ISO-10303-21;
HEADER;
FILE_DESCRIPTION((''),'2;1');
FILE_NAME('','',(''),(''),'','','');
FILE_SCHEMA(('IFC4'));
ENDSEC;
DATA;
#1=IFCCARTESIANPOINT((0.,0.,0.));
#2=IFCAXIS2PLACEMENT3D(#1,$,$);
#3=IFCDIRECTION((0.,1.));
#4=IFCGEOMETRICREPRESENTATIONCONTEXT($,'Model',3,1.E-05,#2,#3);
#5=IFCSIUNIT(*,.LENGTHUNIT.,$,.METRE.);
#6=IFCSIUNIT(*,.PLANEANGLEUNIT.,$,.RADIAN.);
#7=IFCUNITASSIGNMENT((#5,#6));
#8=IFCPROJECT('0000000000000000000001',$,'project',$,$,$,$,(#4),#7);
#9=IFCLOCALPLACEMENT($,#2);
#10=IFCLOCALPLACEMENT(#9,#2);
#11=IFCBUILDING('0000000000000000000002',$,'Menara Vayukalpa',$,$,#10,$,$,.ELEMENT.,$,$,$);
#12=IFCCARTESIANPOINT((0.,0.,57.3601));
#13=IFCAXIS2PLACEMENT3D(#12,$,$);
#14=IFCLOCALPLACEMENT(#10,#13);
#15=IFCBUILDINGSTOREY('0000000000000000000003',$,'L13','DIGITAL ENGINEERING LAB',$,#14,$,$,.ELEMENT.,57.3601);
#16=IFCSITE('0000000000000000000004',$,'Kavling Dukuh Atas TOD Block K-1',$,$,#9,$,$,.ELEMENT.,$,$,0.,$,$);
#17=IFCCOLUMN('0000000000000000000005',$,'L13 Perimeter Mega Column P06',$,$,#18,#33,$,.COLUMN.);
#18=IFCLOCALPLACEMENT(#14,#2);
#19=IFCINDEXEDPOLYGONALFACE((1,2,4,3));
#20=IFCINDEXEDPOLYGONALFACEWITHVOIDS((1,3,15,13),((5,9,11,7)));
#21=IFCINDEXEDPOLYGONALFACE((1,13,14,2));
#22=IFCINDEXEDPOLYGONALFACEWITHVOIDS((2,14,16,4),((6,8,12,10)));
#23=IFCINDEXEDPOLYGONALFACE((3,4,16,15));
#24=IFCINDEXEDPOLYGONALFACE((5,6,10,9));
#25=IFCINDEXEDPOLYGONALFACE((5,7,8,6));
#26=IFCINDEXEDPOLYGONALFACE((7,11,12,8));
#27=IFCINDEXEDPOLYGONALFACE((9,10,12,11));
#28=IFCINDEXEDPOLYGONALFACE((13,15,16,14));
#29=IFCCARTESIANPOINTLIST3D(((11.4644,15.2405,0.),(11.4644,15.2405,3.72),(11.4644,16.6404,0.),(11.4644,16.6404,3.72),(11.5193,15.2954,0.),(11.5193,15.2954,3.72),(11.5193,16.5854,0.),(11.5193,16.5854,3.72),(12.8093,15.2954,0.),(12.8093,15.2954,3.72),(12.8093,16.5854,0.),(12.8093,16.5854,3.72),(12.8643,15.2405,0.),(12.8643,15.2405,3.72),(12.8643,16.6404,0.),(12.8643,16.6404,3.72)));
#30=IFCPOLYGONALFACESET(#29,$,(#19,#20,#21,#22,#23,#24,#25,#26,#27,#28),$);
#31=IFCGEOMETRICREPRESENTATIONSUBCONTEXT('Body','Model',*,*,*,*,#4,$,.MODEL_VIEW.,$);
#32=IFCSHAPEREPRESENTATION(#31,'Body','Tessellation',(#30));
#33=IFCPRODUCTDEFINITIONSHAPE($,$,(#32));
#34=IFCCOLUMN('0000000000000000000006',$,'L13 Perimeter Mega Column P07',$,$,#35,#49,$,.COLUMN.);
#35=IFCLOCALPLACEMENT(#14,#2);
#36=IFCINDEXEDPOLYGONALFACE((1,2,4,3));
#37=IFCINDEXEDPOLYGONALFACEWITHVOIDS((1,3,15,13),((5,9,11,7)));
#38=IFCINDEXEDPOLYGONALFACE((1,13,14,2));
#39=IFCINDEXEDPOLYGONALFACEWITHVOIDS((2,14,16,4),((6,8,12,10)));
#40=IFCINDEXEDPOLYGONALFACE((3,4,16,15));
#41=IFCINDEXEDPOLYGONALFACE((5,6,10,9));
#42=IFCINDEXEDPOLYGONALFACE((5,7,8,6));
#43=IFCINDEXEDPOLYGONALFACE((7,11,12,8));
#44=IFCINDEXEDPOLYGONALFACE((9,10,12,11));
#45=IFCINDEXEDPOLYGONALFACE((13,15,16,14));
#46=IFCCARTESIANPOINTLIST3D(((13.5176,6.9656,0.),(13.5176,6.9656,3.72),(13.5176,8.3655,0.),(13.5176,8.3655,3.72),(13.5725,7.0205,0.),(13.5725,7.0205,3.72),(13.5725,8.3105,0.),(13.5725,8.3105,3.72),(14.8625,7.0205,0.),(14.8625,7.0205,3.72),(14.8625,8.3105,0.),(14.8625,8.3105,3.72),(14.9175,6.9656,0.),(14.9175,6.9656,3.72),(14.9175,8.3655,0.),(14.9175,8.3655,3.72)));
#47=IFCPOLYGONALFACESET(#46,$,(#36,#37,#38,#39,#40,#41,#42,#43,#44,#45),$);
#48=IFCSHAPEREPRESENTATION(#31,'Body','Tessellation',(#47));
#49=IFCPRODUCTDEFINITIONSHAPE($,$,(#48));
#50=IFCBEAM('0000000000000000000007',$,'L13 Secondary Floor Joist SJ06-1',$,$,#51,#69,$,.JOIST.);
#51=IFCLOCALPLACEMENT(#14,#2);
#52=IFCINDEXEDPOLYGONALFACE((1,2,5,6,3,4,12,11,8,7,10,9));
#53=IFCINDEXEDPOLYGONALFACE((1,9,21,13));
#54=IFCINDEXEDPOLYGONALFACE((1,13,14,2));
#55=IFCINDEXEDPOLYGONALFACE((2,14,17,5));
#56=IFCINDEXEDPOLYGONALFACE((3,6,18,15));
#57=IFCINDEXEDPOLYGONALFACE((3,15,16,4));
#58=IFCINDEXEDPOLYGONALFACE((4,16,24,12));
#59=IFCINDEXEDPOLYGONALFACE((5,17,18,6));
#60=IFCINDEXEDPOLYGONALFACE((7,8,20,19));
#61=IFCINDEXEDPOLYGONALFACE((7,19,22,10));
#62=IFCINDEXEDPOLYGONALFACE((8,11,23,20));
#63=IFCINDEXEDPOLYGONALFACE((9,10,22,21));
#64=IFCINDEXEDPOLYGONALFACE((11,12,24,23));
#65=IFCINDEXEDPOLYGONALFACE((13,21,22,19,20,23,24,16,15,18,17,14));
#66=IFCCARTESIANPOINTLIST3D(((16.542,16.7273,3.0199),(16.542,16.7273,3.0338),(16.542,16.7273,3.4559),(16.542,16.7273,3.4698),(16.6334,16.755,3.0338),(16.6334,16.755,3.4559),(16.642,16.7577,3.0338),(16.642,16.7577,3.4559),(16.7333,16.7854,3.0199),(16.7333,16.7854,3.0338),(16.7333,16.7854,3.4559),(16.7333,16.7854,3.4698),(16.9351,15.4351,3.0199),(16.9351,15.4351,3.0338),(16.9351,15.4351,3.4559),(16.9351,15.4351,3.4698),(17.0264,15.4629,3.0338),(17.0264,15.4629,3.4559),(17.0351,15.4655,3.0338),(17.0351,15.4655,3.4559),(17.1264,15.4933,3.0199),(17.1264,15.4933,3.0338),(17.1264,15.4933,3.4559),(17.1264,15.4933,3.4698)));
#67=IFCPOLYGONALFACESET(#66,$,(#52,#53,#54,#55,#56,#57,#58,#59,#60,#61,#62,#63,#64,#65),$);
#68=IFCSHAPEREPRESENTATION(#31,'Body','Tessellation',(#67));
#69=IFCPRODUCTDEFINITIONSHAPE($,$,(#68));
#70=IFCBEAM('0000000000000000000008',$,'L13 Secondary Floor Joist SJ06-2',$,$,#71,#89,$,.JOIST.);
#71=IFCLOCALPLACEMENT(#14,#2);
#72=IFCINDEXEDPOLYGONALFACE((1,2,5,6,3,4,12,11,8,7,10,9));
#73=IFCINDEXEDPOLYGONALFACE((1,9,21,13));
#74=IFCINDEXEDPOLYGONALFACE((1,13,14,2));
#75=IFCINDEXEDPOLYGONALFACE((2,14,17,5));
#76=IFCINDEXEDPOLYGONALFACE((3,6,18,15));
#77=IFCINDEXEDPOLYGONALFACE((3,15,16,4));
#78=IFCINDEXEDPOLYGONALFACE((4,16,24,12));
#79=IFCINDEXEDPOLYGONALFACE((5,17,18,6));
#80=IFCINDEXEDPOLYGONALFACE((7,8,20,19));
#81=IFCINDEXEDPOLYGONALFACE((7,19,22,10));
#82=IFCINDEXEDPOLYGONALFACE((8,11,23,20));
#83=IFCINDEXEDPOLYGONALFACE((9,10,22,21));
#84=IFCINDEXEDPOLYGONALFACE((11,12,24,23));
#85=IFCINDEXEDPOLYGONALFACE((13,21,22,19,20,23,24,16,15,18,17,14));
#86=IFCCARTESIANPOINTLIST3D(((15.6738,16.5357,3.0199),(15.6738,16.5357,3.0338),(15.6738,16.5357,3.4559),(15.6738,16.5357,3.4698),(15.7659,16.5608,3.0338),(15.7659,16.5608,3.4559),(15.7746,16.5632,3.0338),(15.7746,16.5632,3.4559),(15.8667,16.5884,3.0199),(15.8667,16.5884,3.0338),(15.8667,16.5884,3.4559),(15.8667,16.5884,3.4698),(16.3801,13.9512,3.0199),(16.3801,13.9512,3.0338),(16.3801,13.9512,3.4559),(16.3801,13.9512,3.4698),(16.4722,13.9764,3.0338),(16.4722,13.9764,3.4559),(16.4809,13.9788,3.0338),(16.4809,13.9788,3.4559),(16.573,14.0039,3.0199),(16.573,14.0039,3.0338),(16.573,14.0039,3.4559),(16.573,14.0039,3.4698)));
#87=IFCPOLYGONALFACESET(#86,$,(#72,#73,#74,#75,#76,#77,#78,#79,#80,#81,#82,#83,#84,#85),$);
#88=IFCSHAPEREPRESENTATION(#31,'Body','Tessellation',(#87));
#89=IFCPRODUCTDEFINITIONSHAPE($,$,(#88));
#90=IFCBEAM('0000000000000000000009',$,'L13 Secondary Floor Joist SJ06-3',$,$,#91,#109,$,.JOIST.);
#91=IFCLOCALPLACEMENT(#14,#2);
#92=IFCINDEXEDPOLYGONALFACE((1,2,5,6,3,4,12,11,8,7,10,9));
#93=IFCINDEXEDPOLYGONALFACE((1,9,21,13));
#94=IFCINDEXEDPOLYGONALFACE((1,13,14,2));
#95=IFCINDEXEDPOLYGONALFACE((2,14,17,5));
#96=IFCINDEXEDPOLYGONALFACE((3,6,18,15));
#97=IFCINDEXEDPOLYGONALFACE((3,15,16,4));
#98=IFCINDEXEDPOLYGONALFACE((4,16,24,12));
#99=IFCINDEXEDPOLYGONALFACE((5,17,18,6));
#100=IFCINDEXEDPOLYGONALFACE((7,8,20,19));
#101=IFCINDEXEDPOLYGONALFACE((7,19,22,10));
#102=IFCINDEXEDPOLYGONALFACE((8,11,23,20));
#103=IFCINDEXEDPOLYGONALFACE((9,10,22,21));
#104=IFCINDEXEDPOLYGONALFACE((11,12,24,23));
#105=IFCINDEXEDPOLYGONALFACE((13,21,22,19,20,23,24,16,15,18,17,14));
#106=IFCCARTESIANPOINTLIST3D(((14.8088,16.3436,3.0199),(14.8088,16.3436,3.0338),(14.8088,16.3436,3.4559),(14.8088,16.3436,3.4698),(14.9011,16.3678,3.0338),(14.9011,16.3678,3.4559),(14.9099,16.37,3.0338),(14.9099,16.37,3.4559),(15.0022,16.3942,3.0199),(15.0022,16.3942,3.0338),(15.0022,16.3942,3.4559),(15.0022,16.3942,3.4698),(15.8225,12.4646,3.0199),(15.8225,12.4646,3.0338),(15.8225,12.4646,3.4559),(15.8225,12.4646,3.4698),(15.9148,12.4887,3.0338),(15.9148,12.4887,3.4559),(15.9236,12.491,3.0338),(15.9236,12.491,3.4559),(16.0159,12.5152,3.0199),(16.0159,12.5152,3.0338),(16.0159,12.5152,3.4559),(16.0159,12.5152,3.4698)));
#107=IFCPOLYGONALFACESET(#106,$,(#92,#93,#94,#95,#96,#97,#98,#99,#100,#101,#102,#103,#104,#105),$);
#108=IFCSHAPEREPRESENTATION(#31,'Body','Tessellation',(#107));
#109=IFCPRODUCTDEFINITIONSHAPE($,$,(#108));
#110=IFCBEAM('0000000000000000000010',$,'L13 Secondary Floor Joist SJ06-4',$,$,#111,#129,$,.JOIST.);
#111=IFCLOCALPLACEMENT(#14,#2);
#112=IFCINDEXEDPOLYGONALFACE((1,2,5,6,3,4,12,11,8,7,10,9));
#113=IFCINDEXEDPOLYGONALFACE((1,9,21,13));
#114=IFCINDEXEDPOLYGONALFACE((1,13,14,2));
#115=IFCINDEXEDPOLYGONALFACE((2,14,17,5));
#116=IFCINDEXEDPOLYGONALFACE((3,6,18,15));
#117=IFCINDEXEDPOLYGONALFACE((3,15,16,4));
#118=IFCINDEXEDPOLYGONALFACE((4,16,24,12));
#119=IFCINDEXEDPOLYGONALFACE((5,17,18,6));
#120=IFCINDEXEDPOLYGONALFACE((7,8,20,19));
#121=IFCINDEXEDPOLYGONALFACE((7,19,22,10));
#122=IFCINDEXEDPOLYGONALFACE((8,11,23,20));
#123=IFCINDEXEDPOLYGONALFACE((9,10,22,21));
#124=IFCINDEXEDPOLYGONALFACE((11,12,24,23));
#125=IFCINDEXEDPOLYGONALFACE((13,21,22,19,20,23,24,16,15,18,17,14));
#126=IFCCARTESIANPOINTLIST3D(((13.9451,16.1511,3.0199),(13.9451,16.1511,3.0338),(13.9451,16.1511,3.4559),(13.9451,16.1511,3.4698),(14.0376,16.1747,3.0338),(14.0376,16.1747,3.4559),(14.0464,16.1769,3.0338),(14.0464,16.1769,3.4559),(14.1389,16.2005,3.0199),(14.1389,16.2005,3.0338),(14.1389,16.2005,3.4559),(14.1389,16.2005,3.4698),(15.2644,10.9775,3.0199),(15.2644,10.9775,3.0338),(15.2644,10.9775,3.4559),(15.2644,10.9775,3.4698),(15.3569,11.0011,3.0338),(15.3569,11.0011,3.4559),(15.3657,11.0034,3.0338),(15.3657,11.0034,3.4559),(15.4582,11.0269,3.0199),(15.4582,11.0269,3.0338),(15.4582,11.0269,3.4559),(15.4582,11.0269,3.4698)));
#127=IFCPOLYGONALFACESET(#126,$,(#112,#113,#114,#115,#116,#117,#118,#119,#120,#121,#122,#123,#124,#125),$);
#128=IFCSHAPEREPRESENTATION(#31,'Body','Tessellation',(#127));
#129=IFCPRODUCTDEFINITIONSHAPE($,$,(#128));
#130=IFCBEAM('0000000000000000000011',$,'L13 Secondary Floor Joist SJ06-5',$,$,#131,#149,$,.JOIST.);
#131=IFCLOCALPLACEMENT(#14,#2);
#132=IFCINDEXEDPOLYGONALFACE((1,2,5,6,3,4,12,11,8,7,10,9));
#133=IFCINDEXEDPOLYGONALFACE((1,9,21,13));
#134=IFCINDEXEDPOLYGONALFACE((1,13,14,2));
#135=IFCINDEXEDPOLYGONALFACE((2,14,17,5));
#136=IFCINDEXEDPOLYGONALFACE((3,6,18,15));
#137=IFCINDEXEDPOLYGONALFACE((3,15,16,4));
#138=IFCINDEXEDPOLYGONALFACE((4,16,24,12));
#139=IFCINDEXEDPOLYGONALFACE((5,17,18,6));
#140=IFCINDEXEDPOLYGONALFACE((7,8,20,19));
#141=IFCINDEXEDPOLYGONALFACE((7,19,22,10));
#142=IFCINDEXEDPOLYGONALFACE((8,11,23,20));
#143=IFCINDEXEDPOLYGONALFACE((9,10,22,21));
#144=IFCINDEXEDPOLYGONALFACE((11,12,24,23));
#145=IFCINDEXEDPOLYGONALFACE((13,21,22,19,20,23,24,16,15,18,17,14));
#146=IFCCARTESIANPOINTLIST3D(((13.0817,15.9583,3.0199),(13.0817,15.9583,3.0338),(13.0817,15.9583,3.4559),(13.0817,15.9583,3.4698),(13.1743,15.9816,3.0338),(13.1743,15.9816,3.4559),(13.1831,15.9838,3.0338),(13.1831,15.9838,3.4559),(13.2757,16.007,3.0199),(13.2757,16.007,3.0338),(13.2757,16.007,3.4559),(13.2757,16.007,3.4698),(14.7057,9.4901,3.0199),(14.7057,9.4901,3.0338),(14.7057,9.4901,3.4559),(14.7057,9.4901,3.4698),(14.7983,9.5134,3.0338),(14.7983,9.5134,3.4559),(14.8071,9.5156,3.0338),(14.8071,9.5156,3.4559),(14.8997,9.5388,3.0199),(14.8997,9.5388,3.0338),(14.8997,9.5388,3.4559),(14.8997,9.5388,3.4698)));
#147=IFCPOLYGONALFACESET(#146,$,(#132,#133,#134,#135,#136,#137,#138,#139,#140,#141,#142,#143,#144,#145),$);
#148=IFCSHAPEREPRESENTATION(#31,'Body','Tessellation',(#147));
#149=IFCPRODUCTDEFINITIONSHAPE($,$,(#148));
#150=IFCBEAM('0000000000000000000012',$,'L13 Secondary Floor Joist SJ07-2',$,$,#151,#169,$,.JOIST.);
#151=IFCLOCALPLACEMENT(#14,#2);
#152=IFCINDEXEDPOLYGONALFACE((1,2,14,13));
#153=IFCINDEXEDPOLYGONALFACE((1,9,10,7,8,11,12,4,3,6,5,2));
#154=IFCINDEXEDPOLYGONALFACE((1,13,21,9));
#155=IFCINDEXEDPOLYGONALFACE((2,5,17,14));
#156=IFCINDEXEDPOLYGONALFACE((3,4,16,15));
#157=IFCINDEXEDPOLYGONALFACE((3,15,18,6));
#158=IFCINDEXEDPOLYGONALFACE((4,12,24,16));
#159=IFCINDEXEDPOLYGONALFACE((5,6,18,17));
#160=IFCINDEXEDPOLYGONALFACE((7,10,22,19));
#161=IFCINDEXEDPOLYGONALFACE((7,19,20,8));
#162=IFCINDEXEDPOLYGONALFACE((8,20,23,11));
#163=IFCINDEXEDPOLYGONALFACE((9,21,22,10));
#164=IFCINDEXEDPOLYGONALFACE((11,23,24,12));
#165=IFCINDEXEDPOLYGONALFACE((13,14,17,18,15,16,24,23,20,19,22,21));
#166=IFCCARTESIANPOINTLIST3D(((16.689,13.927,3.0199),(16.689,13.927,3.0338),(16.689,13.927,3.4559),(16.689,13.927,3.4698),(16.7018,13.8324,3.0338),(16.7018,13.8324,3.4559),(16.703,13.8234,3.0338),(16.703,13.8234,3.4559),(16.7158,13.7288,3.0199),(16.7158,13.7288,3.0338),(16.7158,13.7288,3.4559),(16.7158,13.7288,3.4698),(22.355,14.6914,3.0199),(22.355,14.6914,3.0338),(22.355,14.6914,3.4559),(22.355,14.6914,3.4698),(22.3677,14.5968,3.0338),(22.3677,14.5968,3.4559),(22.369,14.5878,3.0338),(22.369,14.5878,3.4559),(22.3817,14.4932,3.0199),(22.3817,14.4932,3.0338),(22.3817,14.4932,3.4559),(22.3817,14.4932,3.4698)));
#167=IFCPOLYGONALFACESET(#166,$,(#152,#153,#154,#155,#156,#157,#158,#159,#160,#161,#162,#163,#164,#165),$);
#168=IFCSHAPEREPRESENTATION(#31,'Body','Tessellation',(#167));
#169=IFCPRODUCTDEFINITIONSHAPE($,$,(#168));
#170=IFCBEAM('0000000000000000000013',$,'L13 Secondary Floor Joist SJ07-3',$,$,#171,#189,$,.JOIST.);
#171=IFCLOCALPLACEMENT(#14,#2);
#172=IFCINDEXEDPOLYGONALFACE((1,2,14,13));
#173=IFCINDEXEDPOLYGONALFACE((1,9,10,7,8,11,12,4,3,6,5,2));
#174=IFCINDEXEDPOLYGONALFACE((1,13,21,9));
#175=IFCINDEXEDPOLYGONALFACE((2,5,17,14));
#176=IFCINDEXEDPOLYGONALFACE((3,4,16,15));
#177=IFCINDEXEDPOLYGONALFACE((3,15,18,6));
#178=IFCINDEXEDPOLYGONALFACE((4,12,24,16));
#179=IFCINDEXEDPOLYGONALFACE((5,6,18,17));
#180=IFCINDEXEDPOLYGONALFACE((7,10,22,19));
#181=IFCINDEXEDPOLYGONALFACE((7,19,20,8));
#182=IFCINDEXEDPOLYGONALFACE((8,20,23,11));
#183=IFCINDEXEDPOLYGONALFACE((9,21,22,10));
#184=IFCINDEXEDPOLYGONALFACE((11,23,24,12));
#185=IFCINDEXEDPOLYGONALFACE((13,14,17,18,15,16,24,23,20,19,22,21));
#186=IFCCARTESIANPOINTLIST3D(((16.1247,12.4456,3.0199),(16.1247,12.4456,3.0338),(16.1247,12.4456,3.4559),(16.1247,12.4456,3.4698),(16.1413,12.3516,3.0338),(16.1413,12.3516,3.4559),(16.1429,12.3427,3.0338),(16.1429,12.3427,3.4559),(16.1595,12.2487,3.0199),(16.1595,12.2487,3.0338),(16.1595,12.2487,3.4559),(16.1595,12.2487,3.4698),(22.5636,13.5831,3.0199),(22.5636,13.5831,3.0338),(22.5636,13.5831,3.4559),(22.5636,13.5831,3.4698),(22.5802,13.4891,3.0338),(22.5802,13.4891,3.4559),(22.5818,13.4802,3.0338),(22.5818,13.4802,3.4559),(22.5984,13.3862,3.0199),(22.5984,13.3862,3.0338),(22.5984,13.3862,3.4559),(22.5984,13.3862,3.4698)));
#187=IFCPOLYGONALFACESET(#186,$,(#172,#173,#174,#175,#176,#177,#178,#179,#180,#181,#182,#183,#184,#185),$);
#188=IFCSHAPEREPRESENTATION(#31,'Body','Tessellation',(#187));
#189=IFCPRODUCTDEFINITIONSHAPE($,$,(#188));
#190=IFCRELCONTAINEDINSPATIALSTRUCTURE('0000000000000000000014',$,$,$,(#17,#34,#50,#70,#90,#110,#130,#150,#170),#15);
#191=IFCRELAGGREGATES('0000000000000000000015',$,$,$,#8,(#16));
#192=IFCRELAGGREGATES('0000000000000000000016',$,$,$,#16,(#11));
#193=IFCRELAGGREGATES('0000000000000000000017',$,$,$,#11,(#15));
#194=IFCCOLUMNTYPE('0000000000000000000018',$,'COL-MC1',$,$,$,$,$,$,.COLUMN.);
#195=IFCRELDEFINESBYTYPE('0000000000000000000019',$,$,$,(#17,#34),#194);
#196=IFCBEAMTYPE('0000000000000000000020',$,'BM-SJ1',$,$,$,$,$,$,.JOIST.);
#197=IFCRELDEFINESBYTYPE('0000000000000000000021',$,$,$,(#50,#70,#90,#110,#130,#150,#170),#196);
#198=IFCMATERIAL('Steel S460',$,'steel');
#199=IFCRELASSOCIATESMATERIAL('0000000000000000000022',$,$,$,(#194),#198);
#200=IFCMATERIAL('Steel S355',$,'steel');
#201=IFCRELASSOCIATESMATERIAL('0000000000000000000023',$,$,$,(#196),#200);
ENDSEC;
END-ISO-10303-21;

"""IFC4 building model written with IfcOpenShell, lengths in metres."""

from ifc_helpers import new_model, si_unit, direction, frame, origin, origin_2d, place, context, subcontext, project, spatial, hollow_rectangle, i_section, extrude, material, material_profile, profile_set, type_object, element, save


model = new_model("IFC4")

# Units and contexts
model_context = context("Model", 3, precision=1e-05, world=origin(), true_north=direction((0.0, 1.0)))
body_context = subcontext(model_context, "Body", "Model", "MODEL_VIEW")
ifc_project = project(units=[si_unit("LENGTHUNIT", "METRE"), si_unit("PLANEANGLEUNIT", "RADIAN")], contexts=[model_context])

# Site, building, storey
site_placement = place(None, origin())
site = spatial("IfcSite", under=ifc_project, at=site_placement, Name="Kavling Dukuh Atas TOD Block K-1", CompositionType="ELEMENT", RefElevation=0.0)
building_placement = place(site_placement, origin())
building = spatial("IfcBuilding", under=site, at=building_placement, Name="Menara Vayukalpa", CompositionType="ELEMENT")
storey_placement = place(building_placement, frame((0.0, 0.0, 57.3601)))
storey = spatial("IfcBuildingStorey", under=building, at=storey_placement, Name="L13", Description="DIGITAL ENGINEERING LAB", CompositionType="ELEMENT", Elevation=57.3601)

# Columns
ifc_material_1 = material(Name="Steel S460", Category="steel")
ifc_material_profile_1 = material_profile(ifc_material_1, hollow_rectangle(XDim=1.3999, YDim=1.3999, WallThickness=0.0549, at=origin_2d()), Name="BOX 1400x1400x55")
ifc_profile_set_1 = profile_set([ifc_material_profile_1], Name="Steel S460")
column_type = type_object("IfcColumnType", Name="COL-MC1", PredefinedType="COLUMN", material=ifc_profile_set_1)
for number, where, z_axis, x_axis, name in (
    (1, (12.1643, 15.9404, 0.0), (0.0, 0.0, 1.0), (1.0, 0.0, 0.0), "L13 Perimeter Mega Column P06"),
    (2, (14.2175, 7.6655, 0.0), (0.0, 0.0, 1.0), (1.0, 0.0, 0.0), "L13 Perimeter Mega Column P07"),
):
    element("IfcColumn", number, at=place(storey_placement, frame(where, z_axis=z_axis, x_axis=x_axis)), inside=storey, type_object=column_type, Name=name, PredefinedType="COLUMN", context=body_context, shape_type="SweptSolid", body=[
        extrude(hollow_rectangle(XDim=1.3999, YDim=1.3999, WallThickness=0.0549, at=origin_2d()), origin(), (0.0, 0.0, 1.0), 3.72),
    ])

# Beams
ifc_material_2 = material(Name="Steel S355", Category="steel")
ifc_material_profile_2 = material_profile(ifc_material_2, i_section(OverallWidth=0.2, OverallDepth=0.45, WebThickness=0.009, FlangeThickness=0.0139, at=origin_2d()), Name="WF 450x200x9x14")
ifc_profile_set_2 = profile_set([ifc_material_profile_2], Name="Steel S355")
beam_type_1 = type_object("IfcBeamType", Name="BM-SJ1", PredefinedType="JOIST", material=ifc_profile_set_2)
beam_1_placement = place(storey_placement, frame((16.6377, 16.7563, 3.2449), z_axis=(0.291011, -0.95672, 0.0), x_axis=(0.95672, 0.291011, 0.0)))
element("IfcBeam", 3, at=beam_1_placement, inside=storey, type_object=beam_type_1, Name="L13 Secondary Floor Joist SJ06-1", PredefinedType="JOIST", context=body_context, shape_type="SweptSolid", body=[
    extrude(i_section(OverallWidth=0.2, OverallDepth=0.45, WebThickness=0.009, FlangeThickness=0.0139, at=origin_2d()), origin(), (0.0, 0.0, 1.0), 1.3506),
])
beam_2_placement = place(storey_placement, frame((15.7703, 16.562, 3.2449), z_axis=(0.263619, -0.964627, 0.0), x_axis=(0.964627, 0.263619, 0.0)))
element("IfcBeam", 4, at=beam_2_placement, inside=storey, type_object=beam_type_1, Name="L13 Secondary Floor Joist SJ06-2", PredefinedType="JOIST", context=body_context, shape_type="SweptSolid", body=[
    extrude(i_section(OverallWidth=0.2, OverallDepth=0.45, WebThickness=0.009, FlangeThickness=0.0139, at=origin_2d()), origin(), (0.0, 0.0, 1.0), 2.6792),
])
beam_3_placement = place(storey_placement, frame((14.9055, 16.3689, 3.2449), z_axis=(0.252838, -0.967509, 0.0), x_axis=(0.967509, 0.252838, 0.0)))
element("IfcBeam", 5, at=beam_3_placement, inside=storey, type_object=beam_type_1, Name="L13 Secondary Floor Joist SJ06-3", PredefinedType="JOIST", context=body_context, shape_type="SweptSolid", body=[
    extrude(i_section(OverallWidth=0.2, OverallDepth=0.45, WebThickness=0.009, FlangeThickness=0.0139, at=origin_2d()), origin(), (0.0, 0.0, 1.0), 4.0093),
])
beam_4_placement = place(storey_placement, frame((14.042, 16.1758, 3.2449), z_axis=(0.247106, -0.968989, 0.0), x_axis=(0.968989, 0.247106, 0.0)))
element("IfcBeam", 6, at=beam_4_placement, inside=storey, type_object=beam_type_1, Name="L13 Secondary Floor Joist SJ06-4", PredefinedType="JOIST", context=body_context, shape_type="SweptSolid", body=[
    extrude(i_section(OverallWidth=0.2, OverallDepth=0.45, WebThickness=0.009, FlangeThickness=0.0139, at=origin_2d()), origin(), (0.0, 0.0, 1.0), 5.3391),
])
beam_5_placement = place(storey_placement, frame((13.1787, 15.9827, 3.2449), z_axis=(0.243517, -0.969897, 0.0), x_axis=(0.969897, 0.243517, 0.0)))
element("IfcBeam", 7, at=beam_5_placement, inside=storey, type_object=beam_type_1, Name="L13 Secondary Floor Joist SJ06-5", PredefinedType="JOIST", context=body_context, shape_type="SweptSolid", body=[
    extrude(i_section(OverallWidth=0.2, OverallDepth=0.45, WebThickness=0.009, FlangeThickness=0.0139, at=origin_2d()), origin(), (0.0, 0.0, 1.0), 6.6689),
])
beam_6_placement = place(storey_placement, frame((16.7024, 13.8279, 3.2449), z_axis=(0.991022, 0.133699, 0.0), x_axis=(-0.133699, 0.991022, 0.0)))
element("IfcBeam", 8, at=beam_6_placement, inside=storey, type_object=beam_type_1, Name="L13 Secondary Floor Joist SJ07-2", PredefinedType="JOIST", context=body_context, shape_type="SweptSolid", body=[
    extrude(i_section(OverallWidth=0.2, OverallDepth=0.45, WebThickness=0.009, FlangeThickness=0.0139, at=origin_2d()), origin(), (0.0, 0.0, 1.0), 5.7173),
])
beam_7_placement = place(storey_placement, frame((16.1421, 12.3472, 3.2449), z_axis=(0.984753, 0.173958, 0.0), x_axis=(-0.173958, 0.984753, 0.0)))
element("IfcBeam", 9, at=beam_7_placement, inside=storey, type_object=beam_type_1, Name="L13 Secondary Floor Joist SJ07-3", PredefinedType="JOIST", context=body_context, shape_type="SweptSolid", body=[
    extrude(i_section(OverallWidth=0.2, OverallDepth=0.45, WebThickness=0.009, FlangeThickness=0.0139, at=origin_2d()), origin(), (0.0, 0.0, 1.0), 6.5386),
])

save(model, "model.ifc")
